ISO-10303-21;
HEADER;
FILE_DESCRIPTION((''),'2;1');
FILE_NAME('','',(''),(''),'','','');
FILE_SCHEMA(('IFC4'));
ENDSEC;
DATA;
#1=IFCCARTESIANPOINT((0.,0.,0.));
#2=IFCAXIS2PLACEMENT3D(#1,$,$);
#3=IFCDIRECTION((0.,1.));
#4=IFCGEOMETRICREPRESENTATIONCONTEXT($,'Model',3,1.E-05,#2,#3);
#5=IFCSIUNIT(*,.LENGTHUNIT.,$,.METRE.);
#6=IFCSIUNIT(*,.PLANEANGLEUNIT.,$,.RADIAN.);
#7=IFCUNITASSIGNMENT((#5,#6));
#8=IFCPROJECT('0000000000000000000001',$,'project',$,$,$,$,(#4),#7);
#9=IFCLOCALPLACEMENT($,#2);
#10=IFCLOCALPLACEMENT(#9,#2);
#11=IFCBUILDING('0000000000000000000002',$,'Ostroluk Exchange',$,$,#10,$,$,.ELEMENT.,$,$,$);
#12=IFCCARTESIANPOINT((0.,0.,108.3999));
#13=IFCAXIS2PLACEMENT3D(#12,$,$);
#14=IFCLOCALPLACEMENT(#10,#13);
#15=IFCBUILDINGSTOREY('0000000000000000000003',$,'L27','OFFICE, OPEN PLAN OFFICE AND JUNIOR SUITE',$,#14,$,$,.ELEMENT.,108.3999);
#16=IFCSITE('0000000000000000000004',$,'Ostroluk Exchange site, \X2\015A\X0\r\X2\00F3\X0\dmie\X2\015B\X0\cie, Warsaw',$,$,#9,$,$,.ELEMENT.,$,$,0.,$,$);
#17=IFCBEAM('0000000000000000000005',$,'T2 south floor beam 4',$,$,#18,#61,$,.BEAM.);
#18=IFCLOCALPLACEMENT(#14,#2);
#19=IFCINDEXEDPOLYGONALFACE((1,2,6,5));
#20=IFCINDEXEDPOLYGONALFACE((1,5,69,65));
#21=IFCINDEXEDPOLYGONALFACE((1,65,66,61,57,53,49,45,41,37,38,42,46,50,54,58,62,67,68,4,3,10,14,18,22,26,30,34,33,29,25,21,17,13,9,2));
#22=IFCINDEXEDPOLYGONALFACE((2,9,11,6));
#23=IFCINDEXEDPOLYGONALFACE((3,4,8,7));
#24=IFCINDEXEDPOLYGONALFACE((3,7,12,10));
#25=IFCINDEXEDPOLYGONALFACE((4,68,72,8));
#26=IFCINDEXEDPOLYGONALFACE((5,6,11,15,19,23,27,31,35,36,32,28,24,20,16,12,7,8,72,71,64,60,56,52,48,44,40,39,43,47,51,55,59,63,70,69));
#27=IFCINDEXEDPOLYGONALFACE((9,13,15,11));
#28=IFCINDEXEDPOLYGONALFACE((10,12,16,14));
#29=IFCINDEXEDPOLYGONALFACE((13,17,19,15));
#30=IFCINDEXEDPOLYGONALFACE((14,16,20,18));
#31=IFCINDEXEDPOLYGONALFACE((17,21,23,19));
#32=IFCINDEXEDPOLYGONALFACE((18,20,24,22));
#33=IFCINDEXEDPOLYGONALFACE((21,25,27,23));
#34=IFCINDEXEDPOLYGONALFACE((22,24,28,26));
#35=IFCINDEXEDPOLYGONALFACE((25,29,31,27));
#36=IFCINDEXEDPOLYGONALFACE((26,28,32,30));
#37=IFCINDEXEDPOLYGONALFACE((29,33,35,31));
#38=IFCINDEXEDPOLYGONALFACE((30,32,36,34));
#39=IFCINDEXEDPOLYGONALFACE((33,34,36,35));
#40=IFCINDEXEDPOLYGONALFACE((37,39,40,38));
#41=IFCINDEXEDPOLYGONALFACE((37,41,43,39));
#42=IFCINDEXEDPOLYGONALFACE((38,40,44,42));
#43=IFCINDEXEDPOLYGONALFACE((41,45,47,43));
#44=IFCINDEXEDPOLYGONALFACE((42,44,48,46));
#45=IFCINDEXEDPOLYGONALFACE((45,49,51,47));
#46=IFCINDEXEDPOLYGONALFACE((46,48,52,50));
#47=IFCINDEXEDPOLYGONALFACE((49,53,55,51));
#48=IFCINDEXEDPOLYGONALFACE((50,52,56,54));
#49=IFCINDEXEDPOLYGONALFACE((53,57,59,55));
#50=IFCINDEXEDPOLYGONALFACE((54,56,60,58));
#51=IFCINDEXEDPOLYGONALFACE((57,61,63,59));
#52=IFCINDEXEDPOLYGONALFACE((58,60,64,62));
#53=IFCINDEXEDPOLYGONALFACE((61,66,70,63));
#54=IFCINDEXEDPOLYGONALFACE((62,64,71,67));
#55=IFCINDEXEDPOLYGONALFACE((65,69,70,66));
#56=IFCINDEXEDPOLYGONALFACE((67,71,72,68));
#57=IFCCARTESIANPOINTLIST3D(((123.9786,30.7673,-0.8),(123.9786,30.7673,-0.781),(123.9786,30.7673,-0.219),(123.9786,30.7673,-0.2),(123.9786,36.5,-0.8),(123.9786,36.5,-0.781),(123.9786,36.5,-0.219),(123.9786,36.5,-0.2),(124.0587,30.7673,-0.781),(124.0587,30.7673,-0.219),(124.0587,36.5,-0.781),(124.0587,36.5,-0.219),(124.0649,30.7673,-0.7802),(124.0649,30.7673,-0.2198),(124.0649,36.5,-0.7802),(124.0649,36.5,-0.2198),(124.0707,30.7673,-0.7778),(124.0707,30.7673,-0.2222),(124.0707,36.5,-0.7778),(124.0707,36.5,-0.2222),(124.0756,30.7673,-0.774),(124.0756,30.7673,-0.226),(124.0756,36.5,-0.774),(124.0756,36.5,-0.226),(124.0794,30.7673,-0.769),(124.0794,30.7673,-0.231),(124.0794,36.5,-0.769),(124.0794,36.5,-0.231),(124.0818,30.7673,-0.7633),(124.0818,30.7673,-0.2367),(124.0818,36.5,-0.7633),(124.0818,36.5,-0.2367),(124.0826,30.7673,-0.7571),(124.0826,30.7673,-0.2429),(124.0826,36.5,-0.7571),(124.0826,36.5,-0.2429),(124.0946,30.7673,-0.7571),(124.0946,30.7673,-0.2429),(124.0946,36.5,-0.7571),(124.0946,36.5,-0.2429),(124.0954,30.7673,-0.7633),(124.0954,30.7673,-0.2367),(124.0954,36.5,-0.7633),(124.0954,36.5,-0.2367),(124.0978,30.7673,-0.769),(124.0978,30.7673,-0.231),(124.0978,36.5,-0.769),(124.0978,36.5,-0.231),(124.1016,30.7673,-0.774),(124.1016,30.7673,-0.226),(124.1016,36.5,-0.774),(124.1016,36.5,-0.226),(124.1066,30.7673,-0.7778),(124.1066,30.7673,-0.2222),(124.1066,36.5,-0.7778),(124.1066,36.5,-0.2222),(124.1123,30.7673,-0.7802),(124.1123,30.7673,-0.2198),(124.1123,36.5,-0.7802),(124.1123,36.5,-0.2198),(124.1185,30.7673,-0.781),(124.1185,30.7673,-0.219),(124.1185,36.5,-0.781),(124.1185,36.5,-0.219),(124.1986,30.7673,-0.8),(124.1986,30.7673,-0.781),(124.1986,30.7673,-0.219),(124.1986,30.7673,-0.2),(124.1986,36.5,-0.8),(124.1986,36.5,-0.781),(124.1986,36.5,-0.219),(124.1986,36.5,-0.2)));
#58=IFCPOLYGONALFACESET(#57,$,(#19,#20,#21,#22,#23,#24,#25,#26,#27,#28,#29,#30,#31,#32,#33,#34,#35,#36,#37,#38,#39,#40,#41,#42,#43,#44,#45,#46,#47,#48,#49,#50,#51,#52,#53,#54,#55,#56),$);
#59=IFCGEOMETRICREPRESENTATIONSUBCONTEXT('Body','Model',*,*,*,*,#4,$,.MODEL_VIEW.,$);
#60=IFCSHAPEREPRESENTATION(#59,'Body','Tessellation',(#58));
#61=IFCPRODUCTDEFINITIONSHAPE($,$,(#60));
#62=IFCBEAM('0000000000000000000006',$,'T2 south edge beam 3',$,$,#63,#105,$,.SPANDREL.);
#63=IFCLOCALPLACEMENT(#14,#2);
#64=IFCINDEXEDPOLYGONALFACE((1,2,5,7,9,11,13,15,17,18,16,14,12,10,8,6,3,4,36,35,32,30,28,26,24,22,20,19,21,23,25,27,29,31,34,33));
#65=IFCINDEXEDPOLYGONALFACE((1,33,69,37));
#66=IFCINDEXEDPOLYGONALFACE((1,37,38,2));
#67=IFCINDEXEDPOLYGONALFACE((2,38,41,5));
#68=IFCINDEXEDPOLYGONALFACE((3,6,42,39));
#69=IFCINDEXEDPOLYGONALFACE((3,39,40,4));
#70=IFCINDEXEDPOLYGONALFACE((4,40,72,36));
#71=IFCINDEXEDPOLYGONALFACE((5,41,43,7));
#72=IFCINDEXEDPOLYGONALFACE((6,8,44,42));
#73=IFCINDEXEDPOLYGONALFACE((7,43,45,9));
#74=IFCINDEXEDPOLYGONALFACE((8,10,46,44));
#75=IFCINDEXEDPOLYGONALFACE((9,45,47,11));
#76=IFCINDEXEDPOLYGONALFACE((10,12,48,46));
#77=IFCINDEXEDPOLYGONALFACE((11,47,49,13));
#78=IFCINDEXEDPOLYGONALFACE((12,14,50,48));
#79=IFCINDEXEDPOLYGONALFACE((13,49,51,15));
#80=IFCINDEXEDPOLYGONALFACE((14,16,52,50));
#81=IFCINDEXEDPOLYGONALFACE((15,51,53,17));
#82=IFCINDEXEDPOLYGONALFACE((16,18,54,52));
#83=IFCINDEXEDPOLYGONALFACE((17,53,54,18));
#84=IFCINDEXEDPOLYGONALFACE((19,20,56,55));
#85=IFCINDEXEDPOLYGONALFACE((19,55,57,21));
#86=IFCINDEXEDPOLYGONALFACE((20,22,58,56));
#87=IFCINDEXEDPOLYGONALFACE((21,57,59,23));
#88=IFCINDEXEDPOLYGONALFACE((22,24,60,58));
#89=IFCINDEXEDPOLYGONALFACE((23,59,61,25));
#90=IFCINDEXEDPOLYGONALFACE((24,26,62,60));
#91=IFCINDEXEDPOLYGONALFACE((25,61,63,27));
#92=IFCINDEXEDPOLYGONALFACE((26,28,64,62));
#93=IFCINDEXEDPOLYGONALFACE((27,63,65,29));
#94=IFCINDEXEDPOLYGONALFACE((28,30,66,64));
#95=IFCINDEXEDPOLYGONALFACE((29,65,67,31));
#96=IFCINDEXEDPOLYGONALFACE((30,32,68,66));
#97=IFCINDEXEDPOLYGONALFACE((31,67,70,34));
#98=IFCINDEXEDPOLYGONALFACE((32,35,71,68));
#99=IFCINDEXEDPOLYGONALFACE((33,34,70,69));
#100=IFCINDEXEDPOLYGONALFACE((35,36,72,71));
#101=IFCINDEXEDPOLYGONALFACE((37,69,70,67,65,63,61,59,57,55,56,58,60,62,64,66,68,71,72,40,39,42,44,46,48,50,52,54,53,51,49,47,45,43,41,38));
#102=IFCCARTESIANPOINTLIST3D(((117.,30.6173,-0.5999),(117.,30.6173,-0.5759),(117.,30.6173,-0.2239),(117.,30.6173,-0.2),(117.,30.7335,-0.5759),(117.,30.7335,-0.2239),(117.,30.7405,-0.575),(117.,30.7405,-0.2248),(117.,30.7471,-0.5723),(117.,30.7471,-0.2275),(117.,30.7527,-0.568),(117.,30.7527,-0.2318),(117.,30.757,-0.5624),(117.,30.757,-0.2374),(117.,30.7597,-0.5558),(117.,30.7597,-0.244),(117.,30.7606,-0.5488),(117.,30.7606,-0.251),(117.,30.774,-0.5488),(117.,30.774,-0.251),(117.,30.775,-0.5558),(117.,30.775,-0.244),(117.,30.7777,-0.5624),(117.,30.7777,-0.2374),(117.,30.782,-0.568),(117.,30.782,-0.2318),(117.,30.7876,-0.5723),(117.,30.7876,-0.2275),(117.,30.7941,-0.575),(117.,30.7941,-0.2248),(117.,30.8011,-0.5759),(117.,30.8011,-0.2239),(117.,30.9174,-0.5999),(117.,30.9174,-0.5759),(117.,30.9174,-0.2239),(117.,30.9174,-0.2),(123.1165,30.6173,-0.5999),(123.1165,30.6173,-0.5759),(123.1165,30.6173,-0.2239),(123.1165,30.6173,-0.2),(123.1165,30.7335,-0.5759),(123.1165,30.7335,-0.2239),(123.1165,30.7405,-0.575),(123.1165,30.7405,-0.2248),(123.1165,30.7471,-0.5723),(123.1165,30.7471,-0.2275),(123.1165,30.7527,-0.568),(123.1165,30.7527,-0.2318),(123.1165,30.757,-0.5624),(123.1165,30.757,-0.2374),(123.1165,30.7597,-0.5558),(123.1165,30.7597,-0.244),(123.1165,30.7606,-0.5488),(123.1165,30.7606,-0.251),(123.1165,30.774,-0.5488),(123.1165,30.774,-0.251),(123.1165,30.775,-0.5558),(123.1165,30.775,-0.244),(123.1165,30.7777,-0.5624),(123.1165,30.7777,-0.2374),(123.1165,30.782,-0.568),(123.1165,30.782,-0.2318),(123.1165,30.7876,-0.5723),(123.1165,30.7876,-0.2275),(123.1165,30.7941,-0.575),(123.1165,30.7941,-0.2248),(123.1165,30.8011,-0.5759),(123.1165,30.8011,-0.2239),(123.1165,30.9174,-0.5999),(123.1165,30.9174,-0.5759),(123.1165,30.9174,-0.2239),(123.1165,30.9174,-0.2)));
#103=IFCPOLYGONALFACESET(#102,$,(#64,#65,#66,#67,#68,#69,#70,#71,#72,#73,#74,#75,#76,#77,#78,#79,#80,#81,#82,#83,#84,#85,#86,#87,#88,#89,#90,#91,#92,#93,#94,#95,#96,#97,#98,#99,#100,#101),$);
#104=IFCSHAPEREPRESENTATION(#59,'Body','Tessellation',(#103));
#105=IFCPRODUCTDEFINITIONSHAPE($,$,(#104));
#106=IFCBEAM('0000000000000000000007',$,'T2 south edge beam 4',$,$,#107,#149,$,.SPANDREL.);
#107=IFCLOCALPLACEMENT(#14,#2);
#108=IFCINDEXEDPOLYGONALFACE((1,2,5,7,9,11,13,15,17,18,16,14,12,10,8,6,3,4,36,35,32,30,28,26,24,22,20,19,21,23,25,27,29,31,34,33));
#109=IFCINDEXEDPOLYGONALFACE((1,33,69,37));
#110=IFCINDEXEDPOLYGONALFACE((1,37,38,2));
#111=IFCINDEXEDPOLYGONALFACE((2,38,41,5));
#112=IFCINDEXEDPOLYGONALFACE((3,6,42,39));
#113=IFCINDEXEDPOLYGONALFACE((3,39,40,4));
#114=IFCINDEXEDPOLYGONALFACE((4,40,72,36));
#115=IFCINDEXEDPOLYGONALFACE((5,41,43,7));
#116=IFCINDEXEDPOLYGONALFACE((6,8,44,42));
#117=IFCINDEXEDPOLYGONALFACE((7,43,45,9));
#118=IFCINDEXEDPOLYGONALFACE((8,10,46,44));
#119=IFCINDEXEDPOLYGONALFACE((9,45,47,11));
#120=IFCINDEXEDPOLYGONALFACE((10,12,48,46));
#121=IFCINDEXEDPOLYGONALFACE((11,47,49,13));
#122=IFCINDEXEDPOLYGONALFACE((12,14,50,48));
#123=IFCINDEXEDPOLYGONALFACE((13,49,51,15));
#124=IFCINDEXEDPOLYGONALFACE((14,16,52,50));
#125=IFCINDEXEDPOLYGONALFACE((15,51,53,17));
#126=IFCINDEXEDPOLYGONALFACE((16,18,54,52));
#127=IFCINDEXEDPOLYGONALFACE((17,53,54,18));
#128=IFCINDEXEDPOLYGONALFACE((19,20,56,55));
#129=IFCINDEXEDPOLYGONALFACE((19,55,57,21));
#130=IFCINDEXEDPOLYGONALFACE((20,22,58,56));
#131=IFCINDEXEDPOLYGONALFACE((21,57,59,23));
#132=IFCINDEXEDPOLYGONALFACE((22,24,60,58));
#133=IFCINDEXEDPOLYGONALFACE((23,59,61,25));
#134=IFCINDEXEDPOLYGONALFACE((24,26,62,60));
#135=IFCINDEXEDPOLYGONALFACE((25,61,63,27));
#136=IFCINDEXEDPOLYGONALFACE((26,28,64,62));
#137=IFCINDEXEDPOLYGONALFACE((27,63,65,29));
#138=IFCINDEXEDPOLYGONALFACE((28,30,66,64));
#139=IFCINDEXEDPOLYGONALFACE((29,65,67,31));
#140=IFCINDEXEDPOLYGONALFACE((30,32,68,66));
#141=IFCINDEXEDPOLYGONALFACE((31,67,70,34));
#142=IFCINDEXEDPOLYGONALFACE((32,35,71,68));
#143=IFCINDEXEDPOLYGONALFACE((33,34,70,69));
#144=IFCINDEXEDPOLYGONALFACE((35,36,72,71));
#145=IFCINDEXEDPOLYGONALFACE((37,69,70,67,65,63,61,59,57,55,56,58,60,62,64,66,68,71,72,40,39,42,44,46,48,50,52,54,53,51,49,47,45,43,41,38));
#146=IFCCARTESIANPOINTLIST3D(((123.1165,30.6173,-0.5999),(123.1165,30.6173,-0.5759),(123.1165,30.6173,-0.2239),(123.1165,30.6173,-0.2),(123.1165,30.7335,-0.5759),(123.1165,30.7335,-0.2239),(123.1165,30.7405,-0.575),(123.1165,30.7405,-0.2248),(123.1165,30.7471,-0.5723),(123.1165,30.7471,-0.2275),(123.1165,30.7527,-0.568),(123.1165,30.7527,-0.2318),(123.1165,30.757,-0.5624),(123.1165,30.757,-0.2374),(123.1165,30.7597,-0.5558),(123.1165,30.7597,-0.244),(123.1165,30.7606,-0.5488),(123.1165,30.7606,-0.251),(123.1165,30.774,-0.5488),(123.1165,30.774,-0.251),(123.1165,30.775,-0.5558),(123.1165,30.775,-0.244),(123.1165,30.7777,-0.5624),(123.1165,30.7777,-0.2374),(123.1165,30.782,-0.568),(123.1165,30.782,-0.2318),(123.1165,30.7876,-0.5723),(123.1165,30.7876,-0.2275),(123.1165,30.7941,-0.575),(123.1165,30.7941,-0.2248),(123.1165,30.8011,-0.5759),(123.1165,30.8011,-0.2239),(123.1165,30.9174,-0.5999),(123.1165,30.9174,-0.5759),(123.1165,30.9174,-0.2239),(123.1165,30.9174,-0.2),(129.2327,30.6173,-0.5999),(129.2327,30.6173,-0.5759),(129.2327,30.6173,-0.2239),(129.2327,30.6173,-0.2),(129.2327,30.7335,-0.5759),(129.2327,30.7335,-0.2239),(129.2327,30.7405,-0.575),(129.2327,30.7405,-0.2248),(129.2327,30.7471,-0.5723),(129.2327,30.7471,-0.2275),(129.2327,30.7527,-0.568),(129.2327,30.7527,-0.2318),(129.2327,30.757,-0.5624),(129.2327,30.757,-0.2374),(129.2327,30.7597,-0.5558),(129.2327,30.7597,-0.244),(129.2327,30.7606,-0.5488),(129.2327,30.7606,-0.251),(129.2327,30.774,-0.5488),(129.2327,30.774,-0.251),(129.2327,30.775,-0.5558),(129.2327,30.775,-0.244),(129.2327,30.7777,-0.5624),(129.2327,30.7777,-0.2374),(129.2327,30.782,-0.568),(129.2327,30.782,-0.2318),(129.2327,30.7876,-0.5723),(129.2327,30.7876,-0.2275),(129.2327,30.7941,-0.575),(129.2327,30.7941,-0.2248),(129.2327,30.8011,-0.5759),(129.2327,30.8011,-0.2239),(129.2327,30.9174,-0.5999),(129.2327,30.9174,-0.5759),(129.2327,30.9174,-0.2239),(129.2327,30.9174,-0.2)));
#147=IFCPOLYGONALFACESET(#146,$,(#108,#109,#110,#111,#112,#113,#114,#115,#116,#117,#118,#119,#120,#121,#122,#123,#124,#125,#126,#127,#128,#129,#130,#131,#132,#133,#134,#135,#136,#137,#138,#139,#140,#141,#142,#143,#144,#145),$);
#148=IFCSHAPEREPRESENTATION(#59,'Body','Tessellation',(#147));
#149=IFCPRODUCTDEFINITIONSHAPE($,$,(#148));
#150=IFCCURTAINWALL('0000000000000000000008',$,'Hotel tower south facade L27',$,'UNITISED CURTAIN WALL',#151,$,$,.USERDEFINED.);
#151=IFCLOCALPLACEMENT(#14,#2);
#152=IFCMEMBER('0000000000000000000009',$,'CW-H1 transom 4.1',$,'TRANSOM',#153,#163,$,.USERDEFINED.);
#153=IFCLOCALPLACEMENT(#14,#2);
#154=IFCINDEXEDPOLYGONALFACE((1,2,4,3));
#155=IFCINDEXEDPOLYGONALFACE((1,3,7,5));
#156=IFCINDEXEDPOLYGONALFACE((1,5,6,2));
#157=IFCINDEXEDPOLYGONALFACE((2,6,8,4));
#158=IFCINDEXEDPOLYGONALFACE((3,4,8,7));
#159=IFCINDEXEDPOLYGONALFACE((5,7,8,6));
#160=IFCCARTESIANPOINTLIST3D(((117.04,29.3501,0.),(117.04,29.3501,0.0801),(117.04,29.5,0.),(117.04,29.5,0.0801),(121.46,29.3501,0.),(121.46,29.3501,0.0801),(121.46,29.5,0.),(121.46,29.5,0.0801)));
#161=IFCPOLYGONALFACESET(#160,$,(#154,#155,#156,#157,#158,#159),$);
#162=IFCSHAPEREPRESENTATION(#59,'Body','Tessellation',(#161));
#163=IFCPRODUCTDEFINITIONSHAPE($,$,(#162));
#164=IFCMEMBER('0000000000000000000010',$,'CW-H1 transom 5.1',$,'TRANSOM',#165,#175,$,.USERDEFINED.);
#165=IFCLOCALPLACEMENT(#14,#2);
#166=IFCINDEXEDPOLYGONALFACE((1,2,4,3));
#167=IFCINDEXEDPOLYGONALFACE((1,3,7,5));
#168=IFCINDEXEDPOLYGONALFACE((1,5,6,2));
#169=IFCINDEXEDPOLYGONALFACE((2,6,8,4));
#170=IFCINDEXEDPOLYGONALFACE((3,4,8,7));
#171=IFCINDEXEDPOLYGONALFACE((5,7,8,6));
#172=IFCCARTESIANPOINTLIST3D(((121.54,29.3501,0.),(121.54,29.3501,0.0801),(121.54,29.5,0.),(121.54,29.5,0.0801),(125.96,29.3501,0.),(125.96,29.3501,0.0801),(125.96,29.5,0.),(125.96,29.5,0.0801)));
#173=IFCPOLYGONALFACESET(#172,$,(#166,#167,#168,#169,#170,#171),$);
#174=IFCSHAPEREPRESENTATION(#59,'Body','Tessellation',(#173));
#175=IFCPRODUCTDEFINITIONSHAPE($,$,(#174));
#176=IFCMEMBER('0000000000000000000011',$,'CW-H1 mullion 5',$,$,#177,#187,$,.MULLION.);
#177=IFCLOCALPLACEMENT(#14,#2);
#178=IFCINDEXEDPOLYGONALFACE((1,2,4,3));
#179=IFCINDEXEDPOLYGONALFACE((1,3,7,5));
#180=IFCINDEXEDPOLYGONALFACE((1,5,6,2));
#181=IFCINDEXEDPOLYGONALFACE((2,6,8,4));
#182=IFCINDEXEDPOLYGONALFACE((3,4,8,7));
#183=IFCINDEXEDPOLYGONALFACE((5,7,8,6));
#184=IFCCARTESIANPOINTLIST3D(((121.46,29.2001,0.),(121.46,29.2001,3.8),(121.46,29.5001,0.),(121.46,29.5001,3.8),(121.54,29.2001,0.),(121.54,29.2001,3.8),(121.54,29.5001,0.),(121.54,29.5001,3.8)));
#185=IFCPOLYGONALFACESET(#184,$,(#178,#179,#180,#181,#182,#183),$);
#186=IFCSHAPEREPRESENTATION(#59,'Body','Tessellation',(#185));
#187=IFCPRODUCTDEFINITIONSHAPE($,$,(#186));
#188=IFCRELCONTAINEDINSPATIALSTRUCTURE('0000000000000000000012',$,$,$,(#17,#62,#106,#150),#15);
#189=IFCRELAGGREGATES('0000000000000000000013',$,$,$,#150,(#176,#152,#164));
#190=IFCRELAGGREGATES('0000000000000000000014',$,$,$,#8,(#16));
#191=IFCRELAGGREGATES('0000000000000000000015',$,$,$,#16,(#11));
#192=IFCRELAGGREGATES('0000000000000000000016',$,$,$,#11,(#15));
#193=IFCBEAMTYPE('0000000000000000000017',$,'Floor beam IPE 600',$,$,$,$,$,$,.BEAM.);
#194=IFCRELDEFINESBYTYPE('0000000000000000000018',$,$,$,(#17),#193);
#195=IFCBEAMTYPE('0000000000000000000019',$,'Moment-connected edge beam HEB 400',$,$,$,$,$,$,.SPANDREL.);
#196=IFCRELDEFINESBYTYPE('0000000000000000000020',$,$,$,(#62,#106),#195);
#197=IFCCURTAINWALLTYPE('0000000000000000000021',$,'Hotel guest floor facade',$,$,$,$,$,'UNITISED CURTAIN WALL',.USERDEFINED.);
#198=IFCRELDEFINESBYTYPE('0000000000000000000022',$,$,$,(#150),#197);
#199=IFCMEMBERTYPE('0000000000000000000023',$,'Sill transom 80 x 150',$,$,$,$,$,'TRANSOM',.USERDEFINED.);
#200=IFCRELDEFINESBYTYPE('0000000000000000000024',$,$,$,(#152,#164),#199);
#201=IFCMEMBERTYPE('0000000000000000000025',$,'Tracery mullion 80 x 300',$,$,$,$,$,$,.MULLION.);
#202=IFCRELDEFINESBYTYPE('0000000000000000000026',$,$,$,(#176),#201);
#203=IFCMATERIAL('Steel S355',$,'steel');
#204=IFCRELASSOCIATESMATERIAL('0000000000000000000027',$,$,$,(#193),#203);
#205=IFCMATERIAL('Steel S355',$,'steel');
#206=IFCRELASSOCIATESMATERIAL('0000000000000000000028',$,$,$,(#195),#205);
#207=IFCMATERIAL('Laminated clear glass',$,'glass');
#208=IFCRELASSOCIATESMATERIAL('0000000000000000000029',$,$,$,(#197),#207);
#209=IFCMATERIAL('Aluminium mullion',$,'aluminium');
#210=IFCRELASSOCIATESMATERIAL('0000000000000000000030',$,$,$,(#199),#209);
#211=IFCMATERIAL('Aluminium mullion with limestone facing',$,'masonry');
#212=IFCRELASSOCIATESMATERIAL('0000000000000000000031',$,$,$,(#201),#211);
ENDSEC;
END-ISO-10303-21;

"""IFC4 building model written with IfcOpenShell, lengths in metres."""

from ifc_helpers import new_model, si_unit, direction, frame, origin, origin_2d, place, context, subcontext, project, spatial, rectangle, i_section, extrude, material, material_profile, profile_set, type_object, element, aggregate, save


model = new_model("IFC4")

# Units and contexts
model_context = context("Model", 3, precision=1e-05, world=origin(), true_north=direction((0.0, 1.0)))
body_context = subcontext(model_context, "Body", "Model", "MODEL_VIEW")
ifc_project = project(units=[si_unit("LENGTHUNIT", "METRE"), si_unit("PLANEANGLEUNIT", "RADIAN")], contexts=[model_context])

# Site, building, storey
site_placement = place(None, origin())
site = spatial("IfcSite", under=ifc_project, at=site_placement, Name="Ostroluk Exchange site, Śródmieście, Warsaw", CompositionType="ELEMENT", RefElevation=0.0)
building_placement = place(site_placement, origin())
building = spatial("IfcBuilding", under=site, at=building_placement, Name="Ostroluk Exchange", CompositionType="ELEMENT")
storey_placement = place(building_placement, frame((0.0, 0.0, 108.3999)))
storey = spatial("IfcBuildingStorey", under=building, at=storey_placement, Name="L27", Description="OFFICE, OPEN PLAN OFFICE AND JUNIOR SUITE", CompositionType="ELEMENT", Elevation=108.3999)

# Beams
ifc_material_1 = material(Name="Steel S355", Category="steel")
ifc_material_profile_1 = material_profile(ifc_material_1, i_section(OverallWidth=0.22, OverallDepth=0.6001, WebThickness=0.012, FlangeThickness=0.019, FilletRadius=0.0239, at=origin_2d()), Name="IPE 600")
ifc_profile_set_1 = profile_set([ifc_material_profile_1], Name="Steel S355")
beam_type_1 = type_object("IfcBeamType", Name="Floor beam IPE 600", PredefinedType="BEAM", material=ifc_profile_set_1)
for number, where, z_axis, x_axis, name in (
    (1, (124.0886, 36.5, -0.5), (0.0, -1.0, 0.0), (1.0, 0.0, 0.0), "T2 south floor beam 4"),
):
    element("IfcBeam", number, at=place(storey_placement, frame(where, z_axis=z_axis, x_axis=x_axis)), inside=storey, type_object=beam_type_1, Name=name, PredefinedType="BEAM", context=body_context, shape_type="SweptSolid", body=[
        extrude(i_section(OverallWidth=0.22, OverallDepth=0.6001, WebThickness=0.012, FlangeThickness=0.019, FilletRadius=0.0239, at=origin_2d()), origin(), (0.0, 0.0, 1.0), 5.7327),
    ])
ifc_material_2 = material(Name="Steel S355", Category="steel")
ifc_material_profile_2 = material_profile(ifc_material_2, i_section(OverallWidth=0.3, OverallDepth=0.3999, WebThickness=0.0134, FlangeThickness=0.0239, FilletRadius=0.0271, at=origin_2d()), Name="HEB 400")
ifc_profile_set_2 = profile_set([ifc_material_profile_2], Name="Steel S355")
beam_type_2 = type_object("IfcBeamType", Name="Moment-connected edge beam HEB 400", PredefinedType="SPANDREL", material=ifc_profile_set_2)
beam_1_placement = place(storey_placement, frame((117.0, 30.7673, -0.3999), z_axis=(1.0, 0.0, 0.0), x_axis=(0.0, 1.0, 0.0)))
element("IfcBeam", 2, at=beam_1_placement, inside=storey, type_object=beam_type_2, Name="T2 south edge beam 3", PredefinedType="SPANDREL", context=body_context, shape_type="SweptSolid", body=[
    extrude(i_section(OverallWidth=0.3, OverallDepth=0.3999, WebThickness=0.0134, FlangeThickness=0.0239, FilletRadius=0.0271, at=origin_2d()), origin(), (0.0, 0.0, 1.0), 6.1165),
])
beam_2_placement = place(storey_placement, frame((123.1165, 30.7673, -0.3999), z_axis=(1.0, 0.0, 0.0), x_axis=(0.0, 1.0, 0.0)))
element("IfcBeam", 3, at=beam_2_placement, inside=storey, type_object=beam_type_2, Name="T2 south edge beam 4", PredefinedType="SPANDREL", context=body_context, shape_type="SweptSolid", body=[
    extrude(i_section(OverallWidth=0.3, OverallDepth=0.3999, WebThickness=0.0134, FlangeThickness=0.0239, FilletRadius=0.0271, at=origin_2d()), origin(), (0.0, 0.0, 1.0), 6.1162),
])

# Curtain wall, members
ifc_material_3 = material(Name="Laminated clear glass", Category="glass")
curtain_wall_type = type_object("IfcCurtainWallType", Name="Hotel guest floor facade", ElementType="UNITISED CURTAIN WALL", PredefinedType="USERDEFINED", material=ifc_material_3)
curtain_wall_placement = place(storey_placement, origin())
curtain_wall = element("IfcCurtainWall", 4, at=curtain_wall_placement, inside=storey, type_object=curtain_wall_type, Name="Hotel tower south facade L27", ObjectType="UNITISED CURTAIN WALL", PredefinedType="USERDEFINED")
ifc_material_4 = material(Name="Aluminium mullion", Category="aluminium")
ifc_material_profile_3 = material_profile(ifc_material_4, rectangle(XDim=0.1499, YDim=0.0801, at=origin_2d()), Name="Sill transom 80 x 150")
ifc_profile_set_3 = profile_set([ifc_material_profile_3], Name="Aluminium mullion")
member_type_1 = type_object("IfcMemberType", Name="Sill transom 80 x 150", ElementType="TRANSOM", PredefinedType="USERDEFINED", material=ifc_profile_set_3)
member_1_placement = place(storey_placement, frame((117.04, 29.425, 0.04), z_axis=(1.0, 0.0, 0.0), x_axis=(0.0, 1.0, 0.0)))
member_1 = element("IfcMember", 5, at=member_1_placement, type_object=member_type_1, Name="CW-H1 transom 4.1", ObjectType="TRANSOM", PredefinedType="USERDEFINED", context=body_context, shape_type="SweptSolid", body=[
    extrude(rectangle(XDim=0.1499, YDim=0.0801, at=origin_2d()), origin(), (0.0, 0.0, 1.0), 4.4199),
])
member_2_placement = place(storey_placement, frame((121.54, 29.425, 0.04), z_axis=(1.0, 0.0, 0.0), x_axis=(0.0, 1.0, 0.0)))
member_2 = element("IfcMember", 6, at=member_2_placement, type_object=member_type_1, Name="CW-H1 transom 5.1", ObjectType="TRANSOM", PredefinedType="USERDEFINED", context=body_context, shape_type="SweptSolid", body=[
    extrude(rectangle(XDim=0.1499, YDim=0.0801, at=origin_2d()), origin(), (0.0, 0.0, 1.0), 4.4199),
])
ifc_material_5 = material(Name="Aluminium mullion with limestone facing", Category="masonry")
ifc_material_profile_4 = material_profile(ifc_material_5, rectangle(XDim=0.3, YDim=0.0801, at=origin_2d()), Name="Tracery mullion 80 x 300")
ifc_profile_set_4 = profile_set([ifc_material_profile_4], Name="Aluminium mullion with limestone facing")
member_type_2 = type_object("IfcMemberType", Name="Tracery mullion 80 x 300", PredefinedType="MULLION", material=ifc_profile_set_4)
member_3_placement = place(storey_placement, frame((121.5, 29.3501, 0.0), z_axis=(0.0, 0.0, 1.0), x_axis=(0.0, 1.0, 0.0)))
member_3 = element("IfcMember", 7, at=member_3_placement, type_object=member_type_2, Name="CW-H1 mullion 5", PredefinedType="MULLION", context=body_context, shape_type="SweptSolid", body=[
    extrude(rectangle(XDim=0.3, YDim=0.0801, at=origin_2d()), origin(), (0.0, 0.0, 1.0), 3.8),
])
aggregate(curtain_wall, [member_3, member_1, member_2])

save(model, "model.ifc")
